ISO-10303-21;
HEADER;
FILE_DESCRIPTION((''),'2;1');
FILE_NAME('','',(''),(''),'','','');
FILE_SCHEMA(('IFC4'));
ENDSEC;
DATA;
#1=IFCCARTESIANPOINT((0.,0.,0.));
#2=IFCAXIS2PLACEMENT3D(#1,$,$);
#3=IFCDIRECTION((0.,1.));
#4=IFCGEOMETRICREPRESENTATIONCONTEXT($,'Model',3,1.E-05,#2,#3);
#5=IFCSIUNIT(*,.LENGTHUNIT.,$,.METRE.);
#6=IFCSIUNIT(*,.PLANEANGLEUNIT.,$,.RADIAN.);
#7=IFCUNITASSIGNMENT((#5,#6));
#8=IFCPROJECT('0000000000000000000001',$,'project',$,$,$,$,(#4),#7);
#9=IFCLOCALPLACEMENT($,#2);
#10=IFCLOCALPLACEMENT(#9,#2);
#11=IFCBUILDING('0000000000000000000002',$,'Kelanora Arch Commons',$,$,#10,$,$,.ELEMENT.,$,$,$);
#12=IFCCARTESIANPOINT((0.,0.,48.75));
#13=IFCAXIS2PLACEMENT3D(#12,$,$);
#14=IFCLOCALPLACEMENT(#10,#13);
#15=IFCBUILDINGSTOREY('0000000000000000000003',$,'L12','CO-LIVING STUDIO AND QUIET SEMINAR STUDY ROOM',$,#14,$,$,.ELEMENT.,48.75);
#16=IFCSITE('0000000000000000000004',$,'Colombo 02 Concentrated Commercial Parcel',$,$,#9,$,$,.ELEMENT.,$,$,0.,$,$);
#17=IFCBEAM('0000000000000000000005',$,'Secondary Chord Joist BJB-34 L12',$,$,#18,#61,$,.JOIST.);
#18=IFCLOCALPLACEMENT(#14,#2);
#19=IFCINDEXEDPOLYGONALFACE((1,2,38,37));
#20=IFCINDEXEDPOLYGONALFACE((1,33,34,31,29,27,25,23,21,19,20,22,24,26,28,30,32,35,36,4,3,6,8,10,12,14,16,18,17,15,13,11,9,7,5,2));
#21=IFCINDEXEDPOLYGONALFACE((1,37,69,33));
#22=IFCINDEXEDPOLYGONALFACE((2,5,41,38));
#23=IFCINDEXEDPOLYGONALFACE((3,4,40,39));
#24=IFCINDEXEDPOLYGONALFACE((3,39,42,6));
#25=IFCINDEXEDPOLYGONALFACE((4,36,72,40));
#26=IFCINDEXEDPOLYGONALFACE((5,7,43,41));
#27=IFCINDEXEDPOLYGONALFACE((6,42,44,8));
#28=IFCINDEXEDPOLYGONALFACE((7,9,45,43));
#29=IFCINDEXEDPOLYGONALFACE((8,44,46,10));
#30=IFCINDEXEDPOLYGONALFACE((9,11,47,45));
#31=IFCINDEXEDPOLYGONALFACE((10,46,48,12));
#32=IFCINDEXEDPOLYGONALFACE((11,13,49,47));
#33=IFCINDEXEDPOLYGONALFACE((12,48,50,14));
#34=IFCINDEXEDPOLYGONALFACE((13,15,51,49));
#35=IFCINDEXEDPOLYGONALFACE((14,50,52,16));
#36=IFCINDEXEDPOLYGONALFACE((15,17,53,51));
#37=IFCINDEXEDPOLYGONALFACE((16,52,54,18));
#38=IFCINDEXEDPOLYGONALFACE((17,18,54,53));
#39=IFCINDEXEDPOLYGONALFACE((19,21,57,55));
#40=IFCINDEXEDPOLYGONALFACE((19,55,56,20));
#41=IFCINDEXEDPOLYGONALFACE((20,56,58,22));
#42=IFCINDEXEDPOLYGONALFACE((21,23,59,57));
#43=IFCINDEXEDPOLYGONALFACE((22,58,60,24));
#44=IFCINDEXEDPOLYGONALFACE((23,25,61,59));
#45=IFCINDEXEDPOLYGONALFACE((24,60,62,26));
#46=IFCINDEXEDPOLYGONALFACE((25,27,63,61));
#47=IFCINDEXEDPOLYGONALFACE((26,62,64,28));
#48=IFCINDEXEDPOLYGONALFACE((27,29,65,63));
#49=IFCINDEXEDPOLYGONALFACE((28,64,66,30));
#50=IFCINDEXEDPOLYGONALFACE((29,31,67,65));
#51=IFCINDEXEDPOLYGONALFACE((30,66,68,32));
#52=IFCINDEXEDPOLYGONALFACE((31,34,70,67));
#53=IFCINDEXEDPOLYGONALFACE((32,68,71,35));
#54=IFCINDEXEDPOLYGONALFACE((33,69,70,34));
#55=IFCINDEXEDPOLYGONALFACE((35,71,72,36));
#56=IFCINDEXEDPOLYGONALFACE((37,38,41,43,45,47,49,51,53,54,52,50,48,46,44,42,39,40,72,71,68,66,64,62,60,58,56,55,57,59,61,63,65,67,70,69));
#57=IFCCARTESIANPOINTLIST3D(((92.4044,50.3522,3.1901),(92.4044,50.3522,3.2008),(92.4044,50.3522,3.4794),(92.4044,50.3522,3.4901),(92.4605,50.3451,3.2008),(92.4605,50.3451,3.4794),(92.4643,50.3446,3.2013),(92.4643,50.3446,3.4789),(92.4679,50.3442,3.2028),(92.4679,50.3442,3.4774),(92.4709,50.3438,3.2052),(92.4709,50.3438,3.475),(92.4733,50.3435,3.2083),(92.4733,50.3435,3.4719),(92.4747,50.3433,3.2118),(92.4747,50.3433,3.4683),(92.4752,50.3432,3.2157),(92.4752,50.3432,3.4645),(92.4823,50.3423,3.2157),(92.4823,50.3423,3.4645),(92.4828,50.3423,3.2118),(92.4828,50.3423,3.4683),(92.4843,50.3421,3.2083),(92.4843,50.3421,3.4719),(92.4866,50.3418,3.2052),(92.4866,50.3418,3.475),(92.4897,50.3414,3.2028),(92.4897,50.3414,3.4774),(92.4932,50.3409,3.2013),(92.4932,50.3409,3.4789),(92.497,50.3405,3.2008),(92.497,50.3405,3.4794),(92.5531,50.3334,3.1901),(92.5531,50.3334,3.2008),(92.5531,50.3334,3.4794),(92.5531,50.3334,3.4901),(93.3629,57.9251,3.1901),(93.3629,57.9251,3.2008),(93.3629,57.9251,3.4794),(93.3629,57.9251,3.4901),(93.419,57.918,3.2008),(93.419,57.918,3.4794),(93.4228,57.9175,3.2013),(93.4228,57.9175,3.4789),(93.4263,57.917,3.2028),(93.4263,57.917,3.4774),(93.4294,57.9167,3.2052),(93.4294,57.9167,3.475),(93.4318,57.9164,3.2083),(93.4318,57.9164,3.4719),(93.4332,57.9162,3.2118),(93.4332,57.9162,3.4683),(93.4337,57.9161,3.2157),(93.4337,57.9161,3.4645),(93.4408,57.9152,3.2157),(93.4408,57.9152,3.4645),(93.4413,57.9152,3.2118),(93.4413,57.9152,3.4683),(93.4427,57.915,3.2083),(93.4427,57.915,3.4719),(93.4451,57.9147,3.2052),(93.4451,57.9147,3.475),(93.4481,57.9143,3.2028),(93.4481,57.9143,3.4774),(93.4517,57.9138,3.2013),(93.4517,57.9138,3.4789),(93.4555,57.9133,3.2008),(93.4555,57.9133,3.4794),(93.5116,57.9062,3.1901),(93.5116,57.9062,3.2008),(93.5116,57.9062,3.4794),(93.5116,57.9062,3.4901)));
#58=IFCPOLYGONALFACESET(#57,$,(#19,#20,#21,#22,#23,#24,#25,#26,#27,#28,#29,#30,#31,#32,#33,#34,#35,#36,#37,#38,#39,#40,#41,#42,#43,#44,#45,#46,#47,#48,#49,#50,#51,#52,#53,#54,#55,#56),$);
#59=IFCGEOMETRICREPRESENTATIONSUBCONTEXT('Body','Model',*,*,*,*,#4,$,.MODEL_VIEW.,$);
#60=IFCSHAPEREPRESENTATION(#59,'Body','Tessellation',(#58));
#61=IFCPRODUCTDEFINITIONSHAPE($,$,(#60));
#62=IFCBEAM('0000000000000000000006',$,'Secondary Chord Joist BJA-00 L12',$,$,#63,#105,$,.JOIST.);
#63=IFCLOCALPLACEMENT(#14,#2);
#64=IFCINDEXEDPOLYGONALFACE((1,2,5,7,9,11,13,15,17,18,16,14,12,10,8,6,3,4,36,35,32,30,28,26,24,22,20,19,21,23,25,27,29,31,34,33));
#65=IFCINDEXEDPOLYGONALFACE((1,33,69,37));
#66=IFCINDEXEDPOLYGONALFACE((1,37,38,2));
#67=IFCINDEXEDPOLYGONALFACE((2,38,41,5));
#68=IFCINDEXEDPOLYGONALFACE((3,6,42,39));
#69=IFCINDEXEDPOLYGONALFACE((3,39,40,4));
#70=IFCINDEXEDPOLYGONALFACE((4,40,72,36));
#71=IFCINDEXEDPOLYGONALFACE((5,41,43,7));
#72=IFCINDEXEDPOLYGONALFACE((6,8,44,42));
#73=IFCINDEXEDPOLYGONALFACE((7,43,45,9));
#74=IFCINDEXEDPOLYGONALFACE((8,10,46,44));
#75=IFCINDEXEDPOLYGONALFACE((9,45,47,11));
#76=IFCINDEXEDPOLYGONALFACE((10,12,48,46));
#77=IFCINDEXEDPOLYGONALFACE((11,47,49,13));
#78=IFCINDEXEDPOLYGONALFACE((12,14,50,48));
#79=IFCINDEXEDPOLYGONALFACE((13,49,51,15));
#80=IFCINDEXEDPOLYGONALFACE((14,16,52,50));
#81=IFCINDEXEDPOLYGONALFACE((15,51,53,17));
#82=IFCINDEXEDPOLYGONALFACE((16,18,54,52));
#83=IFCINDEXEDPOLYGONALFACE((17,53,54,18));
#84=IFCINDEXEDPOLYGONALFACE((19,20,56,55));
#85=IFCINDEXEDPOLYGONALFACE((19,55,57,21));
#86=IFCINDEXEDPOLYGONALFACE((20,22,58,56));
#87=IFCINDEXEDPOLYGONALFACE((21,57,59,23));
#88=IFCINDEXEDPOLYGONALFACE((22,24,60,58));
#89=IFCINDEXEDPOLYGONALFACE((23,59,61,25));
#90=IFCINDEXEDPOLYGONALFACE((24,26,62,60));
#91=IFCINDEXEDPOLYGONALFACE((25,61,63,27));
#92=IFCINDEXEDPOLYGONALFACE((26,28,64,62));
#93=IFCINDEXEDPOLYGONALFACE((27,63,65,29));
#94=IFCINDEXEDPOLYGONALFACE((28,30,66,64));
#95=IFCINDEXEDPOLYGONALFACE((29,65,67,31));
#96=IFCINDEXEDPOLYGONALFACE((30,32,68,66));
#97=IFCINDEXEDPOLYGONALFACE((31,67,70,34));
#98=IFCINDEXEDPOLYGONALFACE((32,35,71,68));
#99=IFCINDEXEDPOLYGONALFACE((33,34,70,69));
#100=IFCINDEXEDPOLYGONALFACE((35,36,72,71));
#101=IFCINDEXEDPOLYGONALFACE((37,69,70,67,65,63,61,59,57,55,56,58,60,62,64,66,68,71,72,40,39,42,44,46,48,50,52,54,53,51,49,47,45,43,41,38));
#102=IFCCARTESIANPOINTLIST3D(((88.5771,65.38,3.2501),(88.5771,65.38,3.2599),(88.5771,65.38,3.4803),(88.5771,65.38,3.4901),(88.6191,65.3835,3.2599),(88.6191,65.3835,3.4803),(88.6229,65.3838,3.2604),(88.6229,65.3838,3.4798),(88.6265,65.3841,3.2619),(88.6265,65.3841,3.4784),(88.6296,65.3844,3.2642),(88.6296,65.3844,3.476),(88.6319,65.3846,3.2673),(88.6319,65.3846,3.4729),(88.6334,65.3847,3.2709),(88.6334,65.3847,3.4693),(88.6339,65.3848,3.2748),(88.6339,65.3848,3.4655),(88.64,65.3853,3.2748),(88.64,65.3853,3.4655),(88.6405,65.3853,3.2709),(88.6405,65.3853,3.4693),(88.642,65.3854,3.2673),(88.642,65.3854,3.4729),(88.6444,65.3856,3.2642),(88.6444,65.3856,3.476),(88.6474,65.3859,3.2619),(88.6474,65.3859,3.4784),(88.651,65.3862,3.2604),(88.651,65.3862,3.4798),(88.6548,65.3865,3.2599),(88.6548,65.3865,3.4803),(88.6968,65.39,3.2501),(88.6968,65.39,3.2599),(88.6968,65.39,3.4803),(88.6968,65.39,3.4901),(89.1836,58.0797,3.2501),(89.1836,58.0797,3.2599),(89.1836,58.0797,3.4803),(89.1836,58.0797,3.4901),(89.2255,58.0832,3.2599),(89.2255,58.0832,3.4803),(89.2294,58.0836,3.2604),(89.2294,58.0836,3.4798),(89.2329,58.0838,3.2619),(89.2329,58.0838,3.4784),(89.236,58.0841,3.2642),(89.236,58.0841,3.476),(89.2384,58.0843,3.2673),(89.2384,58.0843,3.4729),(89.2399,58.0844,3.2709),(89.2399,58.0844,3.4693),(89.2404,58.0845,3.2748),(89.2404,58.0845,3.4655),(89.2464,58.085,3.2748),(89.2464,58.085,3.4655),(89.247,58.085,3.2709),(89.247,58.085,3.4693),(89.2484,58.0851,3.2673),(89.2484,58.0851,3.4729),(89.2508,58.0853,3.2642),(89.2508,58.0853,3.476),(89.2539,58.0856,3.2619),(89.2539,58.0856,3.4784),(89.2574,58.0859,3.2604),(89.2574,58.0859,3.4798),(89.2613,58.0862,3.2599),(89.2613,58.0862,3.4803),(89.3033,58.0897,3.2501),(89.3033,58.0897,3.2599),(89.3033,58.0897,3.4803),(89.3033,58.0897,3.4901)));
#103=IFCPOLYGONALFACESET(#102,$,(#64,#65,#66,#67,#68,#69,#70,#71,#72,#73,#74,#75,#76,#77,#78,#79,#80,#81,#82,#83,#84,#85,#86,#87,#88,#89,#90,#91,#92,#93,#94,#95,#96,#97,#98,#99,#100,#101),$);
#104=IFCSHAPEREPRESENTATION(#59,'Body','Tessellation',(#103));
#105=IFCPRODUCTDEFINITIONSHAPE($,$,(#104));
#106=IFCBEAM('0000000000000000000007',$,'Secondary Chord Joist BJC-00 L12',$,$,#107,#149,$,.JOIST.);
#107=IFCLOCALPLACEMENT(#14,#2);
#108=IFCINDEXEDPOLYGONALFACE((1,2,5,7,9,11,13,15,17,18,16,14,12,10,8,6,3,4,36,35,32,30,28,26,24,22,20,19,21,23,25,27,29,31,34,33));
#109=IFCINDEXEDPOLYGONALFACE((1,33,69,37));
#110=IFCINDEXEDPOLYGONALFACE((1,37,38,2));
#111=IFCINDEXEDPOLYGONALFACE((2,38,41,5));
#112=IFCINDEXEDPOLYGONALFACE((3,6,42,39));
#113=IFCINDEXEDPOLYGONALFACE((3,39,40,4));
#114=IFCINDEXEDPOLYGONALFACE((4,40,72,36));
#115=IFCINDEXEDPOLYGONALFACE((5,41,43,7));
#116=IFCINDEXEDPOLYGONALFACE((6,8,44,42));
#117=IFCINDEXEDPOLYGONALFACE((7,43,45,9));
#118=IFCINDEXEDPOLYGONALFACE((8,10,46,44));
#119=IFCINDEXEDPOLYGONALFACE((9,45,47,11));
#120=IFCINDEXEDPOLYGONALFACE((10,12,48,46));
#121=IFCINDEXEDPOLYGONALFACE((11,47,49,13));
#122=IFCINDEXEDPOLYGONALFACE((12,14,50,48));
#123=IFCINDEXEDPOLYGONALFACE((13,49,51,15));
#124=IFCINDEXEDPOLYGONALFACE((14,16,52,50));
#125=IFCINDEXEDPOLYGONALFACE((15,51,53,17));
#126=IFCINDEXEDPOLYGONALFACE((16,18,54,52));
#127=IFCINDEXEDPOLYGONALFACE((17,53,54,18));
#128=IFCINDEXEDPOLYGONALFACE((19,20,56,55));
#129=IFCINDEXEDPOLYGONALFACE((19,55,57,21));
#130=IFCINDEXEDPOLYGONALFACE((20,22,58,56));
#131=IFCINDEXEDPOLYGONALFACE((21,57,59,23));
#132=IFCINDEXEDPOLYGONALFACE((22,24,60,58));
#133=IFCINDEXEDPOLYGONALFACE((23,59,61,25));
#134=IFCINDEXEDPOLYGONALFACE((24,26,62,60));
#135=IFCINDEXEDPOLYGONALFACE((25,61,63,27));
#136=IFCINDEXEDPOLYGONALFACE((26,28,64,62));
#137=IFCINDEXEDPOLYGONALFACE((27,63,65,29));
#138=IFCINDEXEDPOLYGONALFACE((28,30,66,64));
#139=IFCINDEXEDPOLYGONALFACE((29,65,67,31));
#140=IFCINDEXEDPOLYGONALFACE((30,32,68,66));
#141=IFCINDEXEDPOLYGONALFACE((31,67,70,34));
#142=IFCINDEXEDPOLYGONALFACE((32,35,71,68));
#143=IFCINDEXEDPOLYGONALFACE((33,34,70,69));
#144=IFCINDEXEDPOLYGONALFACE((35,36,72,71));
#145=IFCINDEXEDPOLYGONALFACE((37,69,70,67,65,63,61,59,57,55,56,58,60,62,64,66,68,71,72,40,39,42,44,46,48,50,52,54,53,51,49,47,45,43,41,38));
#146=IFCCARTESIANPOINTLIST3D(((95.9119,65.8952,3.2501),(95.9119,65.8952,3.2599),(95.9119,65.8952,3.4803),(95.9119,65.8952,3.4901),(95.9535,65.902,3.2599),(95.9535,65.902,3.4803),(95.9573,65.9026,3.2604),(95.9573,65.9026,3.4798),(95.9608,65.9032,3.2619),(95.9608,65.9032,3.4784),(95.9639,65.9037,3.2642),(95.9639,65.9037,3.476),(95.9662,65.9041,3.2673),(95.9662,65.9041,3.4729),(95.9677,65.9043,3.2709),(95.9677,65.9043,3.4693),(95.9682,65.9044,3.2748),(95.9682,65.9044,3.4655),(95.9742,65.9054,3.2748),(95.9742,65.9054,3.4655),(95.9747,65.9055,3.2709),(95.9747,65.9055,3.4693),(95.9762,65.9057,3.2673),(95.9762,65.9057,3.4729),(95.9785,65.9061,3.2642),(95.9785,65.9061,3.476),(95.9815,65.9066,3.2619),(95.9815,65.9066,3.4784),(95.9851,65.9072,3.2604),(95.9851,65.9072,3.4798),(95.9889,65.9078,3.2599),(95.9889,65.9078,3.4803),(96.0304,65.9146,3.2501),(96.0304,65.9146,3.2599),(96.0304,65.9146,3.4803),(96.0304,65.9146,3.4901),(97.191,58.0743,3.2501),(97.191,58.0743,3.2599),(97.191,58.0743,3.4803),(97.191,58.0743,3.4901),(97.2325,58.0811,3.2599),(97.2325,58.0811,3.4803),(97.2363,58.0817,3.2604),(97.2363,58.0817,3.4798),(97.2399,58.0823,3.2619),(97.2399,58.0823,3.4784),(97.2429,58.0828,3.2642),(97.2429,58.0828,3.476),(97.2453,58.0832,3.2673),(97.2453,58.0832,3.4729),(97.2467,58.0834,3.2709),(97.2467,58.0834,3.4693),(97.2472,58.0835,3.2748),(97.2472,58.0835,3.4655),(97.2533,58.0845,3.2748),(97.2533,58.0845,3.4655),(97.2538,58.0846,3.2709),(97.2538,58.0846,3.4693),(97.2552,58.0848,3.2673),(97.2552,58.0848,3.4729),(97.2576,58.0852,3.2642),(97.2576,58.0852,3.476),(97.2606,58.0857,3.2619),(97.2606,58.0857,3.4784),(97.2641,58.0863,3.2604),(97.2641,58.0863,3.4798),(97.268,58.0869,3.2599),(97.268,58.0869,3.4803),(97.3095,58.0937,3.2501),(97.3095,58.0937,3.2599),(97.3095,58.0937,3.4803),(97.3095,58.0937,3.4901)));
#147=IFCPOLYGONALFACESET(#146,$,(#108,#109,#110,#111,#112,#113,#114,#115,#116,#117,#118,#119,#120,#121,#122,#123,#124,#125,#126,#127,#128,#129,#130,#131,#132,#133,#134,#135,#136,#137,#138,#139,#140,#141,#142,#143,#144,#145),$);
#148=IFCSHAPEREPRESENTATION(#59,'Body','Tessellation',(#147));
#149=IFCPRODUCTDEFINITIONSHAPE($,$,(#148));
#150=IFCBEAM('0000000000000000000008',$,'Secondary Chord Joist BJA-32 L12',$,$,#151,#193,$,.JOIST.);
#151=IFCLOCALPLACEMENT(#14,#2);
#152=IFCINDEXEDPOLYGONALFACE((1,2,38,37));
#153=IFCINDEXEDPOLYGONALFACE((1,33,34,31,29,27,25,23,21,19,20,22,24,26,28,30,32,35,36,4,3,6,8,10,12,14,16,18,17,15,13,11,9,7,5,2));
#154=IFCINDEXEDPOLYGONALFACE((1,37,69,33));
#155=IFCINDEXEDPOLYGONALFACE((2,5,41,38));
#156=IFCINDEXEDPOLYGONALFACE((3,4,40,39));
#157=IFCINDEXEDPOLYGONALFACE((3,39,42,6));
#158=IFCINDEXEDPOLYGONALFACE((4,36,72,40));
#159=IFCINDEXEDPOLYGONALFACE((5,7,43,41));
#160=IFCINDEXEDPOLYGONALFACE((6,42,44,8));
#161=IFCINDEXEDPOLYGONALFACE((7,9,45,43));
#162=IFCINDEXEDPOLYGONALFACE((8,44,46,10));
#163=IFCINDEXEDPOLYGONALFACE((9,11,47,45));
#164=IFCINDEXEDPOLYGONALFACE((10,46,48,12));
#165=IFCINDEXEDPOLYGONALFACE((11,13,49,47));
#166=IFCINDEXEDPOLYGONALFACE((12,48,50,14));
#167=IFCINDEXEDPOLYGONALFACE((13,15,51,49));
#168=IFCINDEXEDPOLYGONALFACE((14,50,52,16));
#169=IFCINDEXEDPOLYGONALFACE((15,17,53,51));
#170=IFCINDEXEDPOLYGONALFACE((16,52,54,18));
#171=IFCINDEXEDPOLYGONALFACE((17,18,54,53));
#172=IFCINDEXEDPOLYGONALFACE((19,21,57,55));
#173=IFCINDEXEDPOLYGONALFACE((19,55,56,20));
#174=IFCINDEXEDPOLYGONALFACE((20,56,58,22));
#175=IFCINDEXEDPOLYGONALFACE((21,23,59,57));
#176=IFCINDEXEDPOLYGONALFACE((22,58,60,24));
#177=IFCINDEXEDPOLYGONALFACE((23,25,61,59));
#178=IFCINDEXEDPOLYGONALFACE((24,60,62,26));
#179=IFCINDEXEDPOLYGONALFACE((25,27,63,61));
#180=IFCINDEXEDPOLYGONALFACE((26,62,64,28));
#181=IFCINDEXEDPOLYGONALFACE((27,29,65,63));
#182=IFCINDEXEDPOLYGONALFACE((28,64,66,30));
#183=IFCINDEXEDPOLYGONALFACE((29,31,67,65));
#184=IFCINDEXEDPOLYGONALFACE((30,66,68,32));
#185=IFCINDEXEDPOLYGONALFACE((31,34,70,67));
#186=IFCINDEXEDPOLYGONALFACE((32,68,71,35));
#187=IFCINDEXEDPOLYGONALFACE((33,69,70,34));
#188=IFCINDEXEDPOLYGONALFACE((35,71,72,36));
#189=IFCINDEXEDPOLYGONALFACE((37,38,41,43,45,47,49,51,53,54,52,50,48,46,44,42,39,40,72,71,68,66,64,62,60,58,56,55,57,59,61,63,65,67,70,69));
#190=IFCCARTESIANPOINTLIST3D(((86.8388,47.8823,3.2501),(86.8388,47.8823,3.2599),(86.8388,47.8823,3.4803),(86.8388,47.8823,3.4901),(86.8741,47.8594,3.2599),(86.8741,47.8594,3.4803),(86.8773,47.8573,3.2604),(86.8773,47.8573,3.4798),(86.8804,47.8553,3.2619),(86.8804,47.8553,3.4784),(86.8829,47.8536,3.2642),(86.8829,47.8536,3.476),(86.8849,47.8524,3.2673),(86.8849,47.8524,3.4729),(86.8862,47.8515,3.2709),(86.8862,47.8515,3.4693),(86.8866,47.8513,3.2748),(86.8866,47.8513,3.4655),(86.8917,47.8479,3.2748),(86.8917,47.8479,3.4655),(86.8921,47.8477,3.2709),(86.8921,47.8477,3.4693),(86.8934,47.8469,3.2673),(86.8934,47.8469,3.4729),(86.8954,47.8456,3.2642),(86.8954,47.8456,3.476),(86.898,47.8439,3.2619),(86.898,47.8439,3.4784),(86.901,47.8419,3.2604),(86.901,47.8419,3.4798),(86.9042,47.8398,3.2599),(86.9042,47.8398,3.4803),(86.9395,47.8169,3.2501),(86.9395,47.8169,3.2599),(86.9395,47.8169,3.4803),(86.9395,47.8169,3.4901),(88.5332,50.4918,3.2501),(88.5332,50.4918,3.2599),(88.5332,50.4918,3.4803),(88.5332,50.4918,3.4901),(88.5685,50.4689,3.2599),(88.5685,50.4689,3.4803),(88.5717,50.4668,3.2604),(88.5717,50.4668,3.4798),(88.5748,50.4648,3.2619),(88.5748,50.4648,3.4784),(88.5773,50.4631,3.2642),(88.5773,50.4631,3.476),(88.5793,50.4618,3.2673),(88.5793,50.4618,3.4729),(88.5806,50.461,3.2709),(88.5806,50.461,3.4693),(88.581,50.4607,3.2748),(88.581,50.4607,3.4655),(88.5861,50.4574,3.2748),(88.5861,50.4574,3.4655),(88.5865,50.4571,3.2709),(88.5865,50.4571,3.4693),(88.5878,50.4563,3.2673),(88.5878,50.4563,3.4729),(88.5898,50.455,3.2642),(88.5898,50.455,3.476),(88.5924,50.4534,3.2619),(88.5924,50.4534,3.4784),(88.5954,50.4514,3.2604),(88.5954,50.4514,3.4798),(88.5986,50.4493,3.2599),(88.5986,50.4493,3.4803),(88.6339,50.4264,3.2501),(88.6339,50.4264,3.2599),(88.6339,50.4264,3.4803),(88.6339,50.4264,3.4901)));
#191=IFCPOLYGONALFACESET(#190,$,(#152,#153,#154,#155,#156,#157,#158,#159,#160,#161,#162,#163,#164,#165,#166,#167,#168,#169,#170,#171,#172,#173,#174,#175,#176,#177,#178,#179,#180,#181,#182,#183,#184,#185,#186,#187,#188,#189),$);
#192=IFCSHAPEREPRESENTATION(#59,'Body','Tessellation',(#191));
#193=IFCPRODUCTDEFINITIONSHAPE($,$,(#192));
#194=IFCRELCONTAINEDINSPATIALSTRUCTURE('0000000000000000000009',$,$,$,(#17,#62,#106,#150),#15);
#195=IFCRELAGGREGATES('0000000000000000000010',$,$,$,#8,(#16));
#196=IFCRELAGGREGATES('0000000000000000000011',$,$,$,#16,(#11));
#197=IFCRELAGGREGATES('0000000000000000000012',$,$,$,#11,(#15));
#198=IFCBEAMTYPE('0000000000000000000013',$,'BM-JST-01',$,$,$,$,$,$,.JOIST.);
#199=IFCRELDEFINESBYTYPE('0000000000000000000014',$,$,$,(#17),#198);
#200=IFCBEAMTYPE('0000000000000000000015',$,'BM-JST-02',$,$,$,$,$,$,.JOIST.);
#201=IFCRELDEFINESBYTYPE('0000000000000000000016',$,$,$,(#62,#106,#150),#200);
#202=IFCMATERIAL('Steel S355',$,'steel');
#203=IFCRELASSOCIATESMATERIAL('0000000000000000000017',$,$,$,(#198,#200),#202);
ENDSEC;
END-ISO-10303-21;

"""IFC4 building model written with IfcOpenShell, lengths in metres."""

from ifc_helpers import new_model, si_unit, direction, frame, origin, origin_2d, place, context, subcontext, project, spatial, i_section, extrude, material, material_profile, profile_set, type_object, element, save


model = new_model("IFC4")

# Units and contexts
model_context = context("Model", 3, precision=1e-05, world=origin(), true_north=direction((0.0, 1.0)))
body_context = subcontext(model_context, "Body", "Model", "MODEL_VIEW")
ifc_project = project(units=[si_unit("LENGTHUNIT", "METRE"), si_unit("PLANEANGLEUNIT", "RADIAN")], contexts=[model_context])

# Site, building, storey
site_placement = place(None, origin())
site = spatial("IfcSite", under=ifc_project, at=site_placement, Name="Colombo 02 Concentrated Commercial Parcel", CompositionType="ELEMENT", RefElevation=0.0)
building_placement = place(site_placement, origin())
building = spatial("IfcBuilding", under=site, at=building_placement, Name="Kelanora Arch Commons", CompositionType="ELEMENT")
storey_placement = place(building_placement, frame((0.0, 0.0, 48.75)))
storey = spatial("IfcBuildingStorey", under=building, at=storey_placement, Name="L12", Description="CO-LIVING STUDIO AND QUIET SEMINAR STUDY ROOM", CompositionType="ELEMENT", Elevation=48.75)

# Beams
ifc_material_1 = material(Name="Steel S355", Category="steel")
ifc_material_profile_1 = material_profile(ifc_material_1, i_section(OverallWidth=0.1499, OverallDepth=0.3, WebThickness=0.0071, FlangeThickness=0.0107, FilletRadius=0.0149, at=origin_2d()), Name="IPE300")
ifc_profile_set_1 = profile_set([ifc_material_profile_1], Name="Steel S355")
beam_type_1 = type_object("IfcBeamType", Name="BM-JST-01", PredefinedType="JOIST", material=ifc_profile_set_1)
for number, where, z_axis, x_axis, name in (
    (1, (92.4788, 50.3428, 3.3401), (0.125566, 0.992085, 0.0), (-0.992085, 0.125566, 0.0), "Secondary Chord Joist BJB-34 L12"),
):
    element("IfcBeam", number, at=place(storey_placement, frame(where, z_axis=z_axis, x_axis=x_axis)), inside=storey, type_object=beam_type_1, Name=name, PredefinedType="JOIST", context=body_context, shape_type="SweptSolid", body=[
        extrude(i_section(OverallWidth=0.1499, OverallDepth=0.3, WebThickness=0.0071, FlangeThickness=0.0107, FilletRadius=0.0149, at=origin_2d()), origin(), (0.0, 0.0, 1.0), 7.6333),
    ])
ifc_material_profile_2 = material_profile(ifc_material_1, i_section(OverallWidth=0.1201, OverallDepth=0.24, WebThickness=0.0061, FlangeThickness=0.0098, FilletRadius=0.0149, at=origin_2d()), Name="IPE240")
ifc_profile_set_2 = profile_set([ifc_material_profile_2], Name="Steel S355")
beam_type_2 = type_object("IfcBeamType", Name="BM-JST-02", PredefinedType="JOIST", material=ifc_profile_set_2)
beam_1_placement = place(storey_placement, frame((89.2434, 58.0847, 3.3701), z_axis=(-0.082786, 0.996567, 0.0), x_axis=(-0.996567, -0.082786, 0.0)))
element("IfcBeam", 2, at=beam_1_placement, inside=storey, type_object=beam_type_2, Name="Secondary Chord Joist BJA-00 L12", PredefinedType="JOIST", context=body_context, shape_type="SweptSolid", body=[
    extrude(i_section(OverallWidth=0.1201, OverallDepth=0.24, WebThickness=0.0061, FlangeThickness=0.0098, FilletRadius=0.0149, at=origin_2d()), origin(), (0.0, 0.0, 1.0), 7.3254),
])
beam_2_placement = place(storey_placement, frame((97.2502, 58.084, 3.3701), z_axis=(-0.161401, 0.986889, 0.0), x_axis=(-0.986889, -0.161401, 0.0)))
element("IfcBeam", 3, at=beam_2_placement, inside=storey, type_object=beam_type_2, Name="Secondary Chord Joist BJC-00 L12", PredefinedType="JOIST", context=body_context, shape_type="SweptSolid", body=[
    extrude(i_section(OverallWidth=0.1201, OverallDepth=0.24, WebThickness=0.0061, FlangeThickness=0.0098, FilletRadius=0.0149, at=origin_2d()), origin(), (0.0, 0.0, 1.0), 7.9248),
])
beam_3_placement = place(storey_placement, frame((86.8892, 47.8496, 3.3701), z_axis=(0.544591, 0.838702, 0.0), x_axis=(-0.838702, 0.544591, 0.0)))
element("IfcBeam", 4, at=beam_3_placement, inside=storey, type_object=beam_type_2, Name="Secondary Chord Joist BJA-32 L12", PredefinedType="JOIST", context=body_context, shape_type="SweptSolid", body=[
    extrude(i_section(OverallWidth=0.1201, OverallDepth=0.24, WebThickness=0.0061, FlangeThickness=0.0098, FilletRadius=0.0149, at=origin_2d()), origin(), (0.0, 0.0, 1.0), 3.1113),
])

save(model, "model.ifc")
